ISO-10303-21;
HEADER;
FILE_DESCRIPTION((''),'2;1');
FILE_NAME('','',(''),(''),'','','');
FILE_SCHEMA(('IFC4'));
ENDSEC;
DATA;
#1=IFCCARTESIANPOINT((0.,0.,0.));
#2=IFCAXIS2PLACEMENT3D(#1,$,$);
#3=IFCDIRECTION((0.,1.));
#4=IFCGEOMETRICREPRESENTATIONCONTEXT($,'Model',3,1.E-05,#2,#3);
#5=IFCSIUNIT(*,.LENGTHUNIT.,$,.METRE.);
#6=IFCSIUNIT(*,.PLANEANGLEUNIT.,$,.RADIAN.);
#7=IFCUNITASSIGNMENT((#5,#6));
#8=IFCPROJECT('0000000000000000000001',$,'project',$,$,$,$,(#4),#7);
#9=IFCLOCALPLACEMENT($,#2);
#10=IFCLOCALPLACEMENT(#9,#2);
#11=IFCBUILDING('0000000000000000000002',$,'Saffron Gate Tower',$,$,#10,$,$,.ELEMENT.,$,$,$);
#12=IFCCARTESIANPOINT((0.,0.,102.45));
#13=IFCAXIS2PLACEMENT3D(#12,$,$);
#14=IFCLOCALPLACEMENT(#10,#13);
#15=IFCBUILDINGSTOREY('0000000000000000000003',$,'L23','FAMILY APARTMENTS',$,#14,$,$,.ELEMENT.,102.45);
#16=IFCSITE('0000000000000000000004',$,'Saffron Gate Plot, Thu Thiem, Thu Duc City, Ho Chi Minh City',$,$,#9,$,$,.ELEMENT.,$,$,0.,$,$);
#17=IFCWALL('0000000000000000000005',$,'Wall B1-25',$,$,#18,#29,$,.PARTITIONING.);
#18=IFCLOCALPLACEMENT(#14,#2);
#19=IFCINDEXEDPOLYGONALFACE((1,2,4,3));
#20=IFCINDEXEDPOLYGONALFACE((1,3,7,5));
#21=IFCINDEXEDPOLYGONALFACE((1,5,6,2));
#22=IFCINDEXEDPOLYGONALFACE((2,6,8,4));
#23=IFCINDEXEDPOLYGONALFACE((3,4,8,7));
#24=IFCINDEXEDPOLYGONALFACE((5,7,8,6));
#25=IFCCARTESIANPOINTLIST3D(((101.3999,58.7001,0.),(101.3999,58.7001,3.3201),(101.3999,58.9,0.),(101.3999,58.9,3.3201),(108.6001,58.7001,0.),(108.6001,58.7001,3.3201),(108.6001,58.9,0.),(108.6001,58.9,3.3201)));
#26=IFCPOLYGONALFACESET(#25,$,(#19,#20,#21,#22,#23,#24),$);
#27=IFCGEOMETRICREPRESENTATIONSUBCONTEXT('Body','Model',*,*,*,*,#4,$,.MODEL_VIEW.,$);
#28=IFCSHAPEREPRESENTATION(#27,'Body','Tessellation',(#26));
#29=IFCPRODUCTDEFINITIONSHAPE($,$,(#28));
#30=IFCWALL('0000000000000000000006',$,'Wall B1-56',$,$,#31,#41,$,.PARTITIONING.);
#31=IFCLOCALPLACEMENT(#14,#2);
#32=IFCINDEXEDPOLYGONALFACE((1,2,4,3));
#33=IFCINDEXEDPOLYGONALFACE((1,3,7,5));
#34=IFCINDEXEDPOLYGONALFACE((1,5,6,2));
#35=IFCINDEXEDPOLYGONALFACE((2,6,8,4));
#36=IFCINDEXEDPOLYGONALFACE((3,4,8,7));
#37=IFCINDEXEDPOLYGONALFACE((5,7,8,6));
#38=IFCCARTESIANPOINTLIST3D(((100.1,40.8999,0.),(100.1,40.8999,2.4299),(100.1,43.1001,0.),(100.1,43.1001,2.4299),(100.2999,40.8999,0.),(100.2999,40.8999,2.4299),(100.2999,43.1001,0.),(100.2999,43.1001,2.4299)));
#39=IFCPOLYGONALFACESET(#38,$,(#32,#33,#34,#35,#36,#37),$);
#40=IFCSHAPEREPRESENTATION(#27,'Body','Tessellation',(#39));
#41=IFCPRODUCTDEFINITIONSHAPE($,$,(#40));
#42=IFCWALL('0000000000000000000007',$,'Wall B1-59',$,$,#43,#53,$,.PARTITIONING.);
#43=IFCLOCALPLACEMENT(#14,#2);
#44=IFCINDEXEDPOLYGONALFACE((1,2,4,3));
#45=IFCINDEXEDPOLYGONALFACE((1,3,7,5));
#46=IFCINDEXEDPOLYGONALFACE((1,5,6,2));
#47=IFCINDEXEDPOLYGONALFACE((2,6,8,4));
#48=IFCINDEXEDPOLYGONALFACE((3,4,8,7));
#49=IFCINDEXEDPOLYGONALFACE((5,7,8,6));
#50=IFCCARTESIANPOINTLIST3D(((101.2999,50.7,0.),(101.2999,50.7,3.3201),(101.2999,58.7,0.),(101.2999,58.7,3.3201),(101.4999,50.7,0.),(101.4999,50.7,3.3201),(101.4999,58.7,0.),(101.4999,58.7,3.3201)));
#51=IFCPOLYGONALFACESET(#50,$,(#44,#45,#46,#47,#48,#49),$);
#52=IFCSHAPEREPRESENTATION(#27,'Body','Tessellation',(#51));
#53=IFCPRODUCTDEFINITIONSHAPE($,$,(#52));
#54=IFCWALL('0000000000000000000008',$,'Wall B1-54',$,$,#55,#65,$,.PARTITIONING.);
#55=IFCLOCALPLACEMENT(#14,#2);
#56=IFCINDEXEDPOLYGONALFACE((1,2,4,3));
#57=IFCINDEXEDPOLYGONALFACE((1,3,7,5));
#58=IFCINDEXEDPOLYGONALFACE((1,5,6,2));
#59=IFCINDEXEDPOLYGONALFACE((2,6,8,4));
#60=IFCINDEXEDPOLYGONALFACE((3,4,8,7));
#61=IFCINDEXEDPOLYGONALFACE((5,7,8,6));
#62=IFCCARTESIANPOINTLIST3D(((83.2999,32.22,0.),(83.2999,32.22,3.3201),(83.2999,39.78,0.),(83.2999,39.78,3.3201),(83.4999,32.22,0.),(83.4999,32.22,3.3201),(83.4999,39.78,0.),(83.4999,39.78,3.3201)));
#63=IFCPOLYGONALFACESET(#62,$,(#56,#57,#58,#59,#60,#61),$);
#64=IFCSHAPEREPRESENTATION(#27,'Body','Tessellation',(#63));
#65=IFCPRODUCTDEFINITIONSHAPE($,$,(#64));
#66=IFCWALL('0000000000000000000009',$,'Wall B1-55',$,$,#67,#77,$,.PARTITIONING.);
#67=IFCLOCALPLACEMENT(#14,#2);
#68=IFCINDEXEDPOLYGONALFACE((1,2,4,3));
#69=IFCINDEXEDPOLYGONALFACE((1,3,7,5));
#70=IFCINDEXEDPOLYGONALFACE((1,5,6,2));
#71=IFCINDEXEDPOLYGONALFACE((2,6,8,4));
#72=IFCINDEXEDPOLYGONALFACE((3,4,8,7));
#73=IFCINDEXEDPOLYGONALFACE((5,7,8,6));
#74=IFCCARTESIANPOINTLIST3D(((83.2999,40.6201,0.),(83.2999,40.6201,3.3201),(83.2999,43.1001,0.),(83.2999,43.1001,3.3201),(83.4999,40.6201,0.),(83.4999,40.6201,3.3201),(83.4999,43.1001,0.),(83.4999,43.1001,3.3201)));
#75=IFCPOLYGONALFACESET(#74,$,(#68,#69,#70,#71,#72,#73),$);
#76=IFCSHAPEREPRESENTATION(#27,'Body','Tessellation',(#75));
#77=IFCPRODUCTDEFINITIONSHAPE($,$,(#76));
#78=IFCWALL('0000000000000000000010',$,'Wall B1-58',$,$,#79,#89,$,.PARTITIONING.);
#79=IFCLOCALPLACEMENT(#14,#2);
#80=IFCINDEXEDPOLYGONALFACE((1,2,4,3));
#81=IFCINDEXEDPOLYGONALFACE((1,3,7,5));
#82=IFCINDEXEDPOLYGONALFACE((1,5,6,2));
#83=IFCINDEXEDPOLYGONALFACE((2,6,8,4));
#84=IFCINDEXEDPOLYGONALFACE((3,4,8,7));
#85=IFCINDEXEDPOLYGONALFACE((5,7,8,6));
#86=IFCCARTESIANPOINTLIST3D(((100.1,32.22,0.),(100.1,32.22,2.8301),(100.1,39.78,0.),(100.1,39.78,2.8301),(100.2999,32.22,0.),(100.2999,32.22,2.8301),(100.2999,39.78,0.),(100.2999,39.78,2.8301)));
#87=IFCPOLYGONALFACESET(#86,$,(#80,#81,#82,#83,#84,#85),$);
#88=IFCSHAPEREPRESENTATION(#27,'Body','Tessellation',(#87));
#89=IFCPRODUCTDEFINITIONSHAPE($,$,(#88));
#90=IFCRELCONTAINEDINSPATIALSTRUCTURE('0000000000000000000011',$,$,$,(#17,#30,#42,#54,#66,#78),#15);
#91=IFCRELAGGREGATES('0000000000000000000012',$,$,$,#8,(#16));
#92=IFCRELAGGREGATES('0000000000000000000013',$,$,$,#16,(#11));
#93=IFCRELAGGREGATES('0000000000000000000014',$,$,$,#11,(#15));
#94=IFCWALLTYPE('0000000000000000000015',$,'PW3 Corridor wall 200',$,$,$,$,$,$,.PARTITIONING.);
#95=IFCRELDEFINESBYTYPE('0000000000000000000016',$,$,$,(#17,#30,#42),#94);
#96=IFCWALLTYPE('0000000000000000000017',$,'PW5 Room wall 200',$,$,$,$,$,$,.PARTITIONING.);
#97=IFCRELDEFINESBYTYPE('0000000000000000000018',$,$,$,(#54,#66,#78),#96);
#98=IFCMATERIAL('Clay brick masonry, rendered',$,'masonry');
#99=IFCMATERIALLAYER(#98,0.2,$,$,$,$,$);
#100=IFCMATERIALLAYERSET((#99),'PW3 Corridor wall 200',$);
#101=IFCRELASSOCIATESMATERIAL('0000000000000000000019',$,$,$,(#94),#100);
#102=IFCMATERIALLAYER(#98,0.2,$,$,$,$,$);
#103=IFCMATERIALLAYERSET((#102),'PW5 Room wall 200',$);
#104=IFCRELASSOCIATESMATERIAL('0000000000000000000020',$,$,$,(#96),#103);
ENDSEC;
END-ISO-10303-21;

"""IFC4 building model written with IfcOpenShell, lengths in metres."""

from ifc_helpers import new_model, si_unit, direction, frame, frame_2d, origin, place, context, subcontext, project, spatial, rectangle, extrude, material, layer, layer_set, type_object, element, save


model = new_model("IFC4")

# Units and contexts
model_context = context("Model", 3, precision=1e-05, world=origin(), true_north=direction((0.0, 1.0)))
body_context = subcontext(model_context, "Body", "Model", "MODEL_VIEW")
ifc_project = project(units=[si_unit("LENGTHUNIT", "METRE"), si_unit("PLANEANGLEUNIT", "RADIAN")], contexts=[model_context])

# Site, building, storey
site_placement = place(None, origin())
site = spatial("IfcSite", under=ifc_project, at=site_placement, Name="Saffron Gate Plot, Thu Thiem, Thu Duc City, Ho Chi Minh City", CompositionType="ELEMENT", RefElevation=0.0)
building_placement = place(site_placement, origin())
building = spatial("IfcBuilding", under=site, at=building_placement, Name="Saffron Gate Tower", CompositionType="ELEMENT")
storey_placement = place(building_placement, frame((0.0, 0.0, 102.45)))
storey = spatial("IfcBuildingStorey", under=building, at=storey_placement, Name="L23", Description="FAMILY APARTMENTS", CompositionType="ELEMENT", Elevation=102.45)

# Shared definitions
ifc_material_1 = material(Name="Clay brick masonry, rendered", Category="masonry")
ifc_layer_1 = layer(ifc_material_1, 0.2)
ifc_layer_set_1 = layer_set([ifc_layer_1], Name="PW3 Corridor wall 200")
wall_type_1 = type_object("IfcWallType", Name="PW3 Corridor wall 200", PredefinedType="PARTITIONING", material=ifc_layer_set_1)

# Walls
wall_1_placement = place(storey_placement, frame((101.3999, 58.8, 0.0), z_axis=(0.0, 0.0, 1.0), x_axis=(1.0, 0.0, 0.0)))
element("IfcWall", 1, at=wall_1_placement, inside=storey, type_object=wall_type_1, Name="Wall B1-25", PredefinedType="PARTITIONING", context=body_context, shape_type="SweptSolid", body=[
    extrude(rectangle(XDim=7.2002, YDim=0.2, at=frame_2d((3.6001, 0.0))), origin(), (0.0, 0.0, 1.0), 3.3201),
])
wall_2_placement = place(storey_placement, frame((100.2, 43.1001, 0.0), z_axis=(0.0, 0.0, 1.0), x_axis=(0.0, -1.0, 0.0)))
element("IfcWall", 2, at=wall_2_placement, inside=storey, type_object=wall_type_1, Name="Wall B1-56", PredefinedType="PARTITIONING", context=body_context, shape_type="SweptSolid", body=[
    extrude(rectangle(XDim=2.2002, YDim=0.2, at=frame_2d((1.1001, 0.0))), origin(), (0.0, 0.0, 1.0), 2.4299),
])
wall_3_placement = place(storey_placement, frame((101.3999, 58.7, 0.0), z_axis=(0.0, 0.0, 1.0), x_axis=(0.0, -1.0, 0.0)))
element("IfcWall", 3, at=wall_3_placement, inside=storey, type_object=wall_type_1, Name="Wall B1-59", PredefinedType="PARTITIONING", context=body_context, shape_type="SweptSolid", body=[
    extrude(rectangle(XDim=8.0, YDim=0.2, at=frame_2d((4.0, 0.0))), origin(), (0.0, 0.0, 1.0), 3.3201),
])
ifc_layer_2 = layer(ifc_material_1, 0.2)
ifc_layer_set_2 = layer_set([ifc_layer_2], Name="PW5 Room wall 200")
wall_type_2 = type_object("IfcWallType", Name="PW5 Room wall 200", PredefinedType="PARTITIONING", material=ifc_layer_set_2)
wall_4_placement = place(storey_placement, frame((83.3999, 39.78, 0.0), z_axis=(0.0, 0.0, 1.0), x_axis=(0.0, -1.0, 0.0)))
element("IfcWall", 4, at=wall_4_placement, inside=storey, type_object=wall_type_2, Name="Wall B1-54", PredefinedType="PARTITIONING", context=body_context, shape_type="SweptSolid", body=[
    extrude(rectangle(XDim=7.5601, YDim=0.2, at=frame_2d((3.78, 0.0))), origin(), (0.0, 0.0, 1.0), 3.3201),
])
wall_5_placement = place(storey_placement, frame((83.3999, 43.1001, 0.0), z_axis=(0.0, 0.0, 1.0), x_axis=(0.0, -1.0, 0.0)))
element("IfcWall", 5, at=wall_5_placement, inside=storey, type_object=wall_type_2, Name="Wall B1-55", PredefinedType="PARTITIONING", context=body_context, shape_type="SweptSolid", body=[
    extrude(rectangle(XDim=2.48, YDim=0.2, at=frame_2d((1.24, 0.0))), origin(), (0.0, 0.0, 1.0), 3.3201),
])
wall_6_placement = place(storey_placement, frame((100.2, 39.78, 0.0), z_axis=(0.0, 0.0, 1.0), x_axis=(0.0, -1.0, 0.0)))
element("IfcWall", 6, at=wall_6_placement, inside=storey, type_object=wall_type_2, Name="Wall B1-58", PredefinedType="PARTITIONING", context=body_context, shape_type="SweptSolid", body=[
    extrude(rectangle(XDim=7.5601, YDim=0.2, at=frame_2d((3.78, 0.0))), origin(), (0.0, 0.0, 1.0), 2.8301),
])

save(model, "model.ifc")
